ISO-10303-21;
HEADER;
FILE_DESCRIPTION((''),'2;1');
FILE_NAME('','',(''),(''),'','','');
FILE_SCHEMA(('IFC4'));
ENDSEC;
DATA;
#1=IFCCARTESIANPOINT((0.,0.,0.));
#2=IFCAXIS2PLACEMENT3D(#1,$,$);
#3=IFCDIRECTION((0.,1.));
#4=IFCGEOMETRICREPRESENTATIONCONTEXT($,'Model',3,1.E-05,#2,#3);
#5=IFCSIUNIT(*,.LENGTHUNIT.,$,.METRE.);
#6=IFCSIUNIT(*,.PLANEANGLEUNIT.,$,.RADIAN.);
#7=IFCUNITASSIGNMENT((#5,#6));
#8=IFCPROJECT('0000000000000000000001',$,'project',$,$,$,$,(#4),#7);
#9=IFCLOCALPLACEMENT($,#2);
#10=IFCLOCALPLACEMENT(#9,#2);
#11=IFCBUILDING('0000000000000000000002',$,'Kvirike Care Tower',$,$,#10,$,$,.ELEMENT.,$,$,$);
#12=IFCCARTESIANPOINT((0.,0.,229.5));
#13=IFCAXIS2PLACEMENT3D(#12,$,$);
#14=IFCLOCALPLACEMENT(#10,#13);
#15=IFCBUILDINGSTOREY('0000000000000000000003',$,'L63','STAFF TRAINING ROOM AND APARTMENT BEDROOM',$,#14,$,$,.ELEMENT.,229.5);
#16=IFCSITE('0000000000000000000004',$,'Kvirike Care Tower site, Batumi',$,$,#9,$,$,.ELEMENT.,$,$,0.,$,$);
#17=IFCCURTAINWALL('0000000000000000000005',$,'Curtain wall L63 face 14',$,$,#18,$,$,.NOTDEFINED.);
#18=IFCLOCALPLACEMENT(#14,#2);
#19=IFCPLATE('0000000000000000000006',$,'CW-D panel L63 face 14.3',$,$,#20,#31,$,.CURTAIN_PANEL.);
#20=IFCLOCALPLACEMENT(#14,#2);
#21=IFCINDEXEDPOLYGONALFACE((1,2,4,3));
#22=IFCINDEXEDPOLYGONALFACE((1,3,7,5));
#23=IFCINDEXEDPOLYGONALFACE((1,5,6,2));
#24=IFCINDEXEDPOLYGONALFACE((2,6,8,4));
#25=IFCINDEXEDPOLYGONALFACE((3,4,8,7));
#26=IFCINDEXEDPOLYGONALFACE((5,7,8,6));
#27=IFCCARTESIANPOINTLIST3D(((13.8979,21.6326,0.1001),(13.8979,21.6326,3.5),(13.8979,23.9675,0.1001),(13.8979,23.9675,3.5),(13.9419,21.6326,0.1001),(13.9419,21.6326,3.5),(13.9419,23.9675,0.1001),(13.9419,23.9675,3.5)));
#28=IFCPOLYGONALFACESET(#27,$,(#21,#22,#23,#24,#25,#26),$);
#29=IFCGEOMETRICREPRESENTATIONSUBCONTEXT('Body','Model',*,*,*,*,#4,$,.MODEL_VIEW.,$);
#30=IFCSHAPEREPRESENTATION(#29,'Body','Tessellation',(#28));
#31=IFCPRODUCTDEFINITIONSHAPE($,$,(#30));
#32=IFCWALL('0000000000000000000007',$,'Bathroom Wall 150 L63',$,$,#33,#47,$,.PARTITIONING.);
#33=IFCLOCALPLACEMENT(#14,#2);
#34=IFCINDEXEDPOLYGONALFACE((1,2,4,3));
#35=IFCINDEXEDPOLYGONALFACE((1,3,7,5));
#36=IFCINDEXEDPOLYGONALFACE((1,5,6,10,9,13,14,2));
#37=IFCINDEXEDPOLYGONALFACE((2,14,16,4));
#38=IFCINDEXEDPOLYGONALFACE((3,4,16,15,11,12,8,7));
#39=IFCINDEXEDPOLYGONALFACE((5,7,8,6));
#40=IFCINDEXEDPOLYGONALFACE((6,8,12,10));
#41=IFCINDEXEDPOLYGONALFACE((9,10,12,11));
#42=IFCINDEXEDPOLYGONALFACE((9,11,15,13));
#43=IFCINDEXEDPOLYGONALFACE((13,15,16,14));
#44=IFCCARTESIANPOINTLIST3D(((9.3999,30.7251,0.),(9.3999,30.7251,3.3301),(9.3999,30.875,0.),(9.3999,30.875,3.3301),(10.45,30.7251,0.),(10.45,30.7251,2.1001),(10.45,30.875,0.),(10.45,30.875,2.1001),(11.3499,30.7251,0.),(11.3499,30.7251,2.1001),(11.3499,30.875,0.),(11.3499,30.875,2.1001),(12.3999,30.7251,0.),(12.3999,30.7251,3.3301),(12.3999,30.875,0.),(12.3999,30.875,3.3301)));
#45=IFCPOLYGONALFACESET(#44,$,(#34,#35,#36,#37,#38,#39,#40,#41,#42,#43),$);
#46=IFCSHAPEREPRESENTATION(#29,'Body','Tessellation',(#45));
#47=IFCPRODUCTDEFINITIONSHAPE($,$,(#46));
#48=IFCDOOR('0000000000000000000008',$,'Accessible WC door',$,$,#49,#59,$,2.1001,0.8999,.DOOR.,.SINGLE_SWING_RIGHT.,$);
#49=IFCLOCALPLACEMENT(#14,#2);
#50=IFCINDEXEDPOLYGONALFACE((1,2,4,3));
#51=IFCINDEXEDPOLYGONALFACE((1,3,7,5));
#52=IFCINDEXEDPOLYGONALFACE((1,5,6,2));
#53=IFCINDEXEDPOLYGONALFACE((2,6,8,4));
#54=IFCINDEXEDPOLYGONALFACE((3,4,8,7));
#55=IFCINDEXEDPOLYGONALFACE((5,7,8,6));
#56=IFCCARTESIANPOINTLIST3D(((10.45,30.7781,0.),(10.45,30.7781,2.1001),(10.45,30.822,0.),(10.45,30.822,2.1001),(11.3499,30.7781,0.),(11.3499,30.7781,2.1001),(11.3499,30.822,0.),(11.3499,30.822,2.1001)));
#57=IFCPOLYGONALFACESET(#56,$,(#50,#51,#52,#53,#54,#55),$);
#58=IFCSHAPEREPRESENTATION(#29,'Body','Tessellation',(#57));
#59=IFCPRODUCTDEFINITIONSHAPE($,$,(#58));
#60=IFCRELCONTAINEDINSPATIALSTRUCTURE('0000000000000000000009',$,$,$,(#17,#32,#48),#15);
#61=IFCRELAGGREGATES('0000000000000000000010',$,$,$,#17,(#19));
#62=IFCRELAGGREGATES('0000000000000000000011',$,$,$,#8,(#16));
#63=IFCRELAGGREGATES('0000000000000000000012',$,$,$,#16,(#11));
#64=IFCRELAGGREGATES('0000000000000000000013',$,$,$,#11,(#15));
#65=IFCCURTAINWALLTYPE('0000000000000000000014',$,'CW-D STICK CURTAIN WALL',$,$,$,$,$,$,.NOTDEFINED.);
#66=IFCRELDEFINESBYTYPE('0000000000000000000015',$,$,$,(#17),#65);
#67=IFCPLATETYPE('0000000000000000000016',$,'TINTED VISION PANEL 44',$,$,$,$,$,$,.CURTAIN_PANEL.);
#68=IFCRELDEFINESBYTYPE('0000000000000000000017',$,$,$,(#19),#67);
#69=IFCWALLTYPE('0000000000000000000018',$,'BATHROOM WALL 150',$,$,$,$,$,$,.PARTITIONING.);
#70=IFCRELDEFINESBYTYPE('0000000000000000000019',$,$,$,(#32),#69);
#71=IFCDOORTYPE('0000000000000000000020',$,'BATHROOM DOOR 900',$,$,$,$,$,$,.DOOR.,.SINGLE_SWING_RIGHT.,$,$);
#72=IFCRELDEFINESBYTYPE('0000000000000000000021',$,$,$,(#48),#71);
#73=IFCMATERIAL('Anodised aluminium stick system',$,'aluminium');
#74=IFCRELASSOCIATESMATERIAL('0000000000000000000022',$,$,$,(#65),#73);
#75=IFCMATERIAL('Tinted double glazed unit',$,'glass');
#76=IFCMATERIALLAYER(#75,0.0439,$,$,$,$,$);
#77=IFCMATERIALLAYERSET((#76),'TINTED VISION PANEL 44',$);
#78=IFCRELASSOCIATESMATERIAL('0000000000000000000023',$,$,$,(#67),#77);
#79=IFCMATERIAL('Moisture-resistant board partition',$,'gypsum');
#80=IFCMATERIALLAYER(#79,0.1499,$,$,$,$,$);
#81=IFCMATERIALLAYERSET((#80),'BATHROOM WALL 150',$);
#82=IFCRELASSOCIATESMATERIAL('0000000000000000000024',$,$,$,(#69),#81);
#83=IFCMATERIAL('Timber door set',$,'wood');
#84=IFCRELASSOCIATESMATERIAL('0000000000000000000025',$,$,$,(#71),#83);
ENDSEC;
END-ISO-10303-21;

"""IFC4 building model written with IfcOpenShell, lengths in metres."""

from ifc_helpers import new_model, si_unit, direction, frame, frame_2d, origin, origin_2d, place, context, subcontext, project, spatial, rectangle, extrude, material, layer, layer_set, type_object, element, fill, aggregate, save


model = new_model("IFC4")

# Units and contexts
model_context = context("Model", 3, precision=1e-05, world=origin(), true_north=direction((0.0, 1.0)))
body_context = subcontext(model_context, "Body", "Model", "MODEL_VIEW")
ifc_project = project(units=[si_unit("LENGTHUNIT", "METRE"), si_unit("PLANEANGLEUNIT", "RADIAN")], contexts=[model_context])

# Site, building, storey
site_placement = place(None, origin())
site = spatial("IfcSite", under=ifc_project, at=site_placement, Name="Kvirike Care Tower site, Batumi", CompositionType="ELEMENT", RefElevation=0.0)
building_placement = place(site_placement, origin())
building = spatial("IfcBuilding", under=site, at=building_placement, Name="Kvirike Care Tower", CompositionType="ELEMENT")
storey_placement = place(building_placement, frame((0.0, 0.0, 229.5)))
storey = spatial("IfcBuildingStorey", under=building, at=storey_placement, Name="L63", Description="STAFF TRAINING ROOM AND APARTMENT BEDROOM", CompositionType="ELEMENT", Elevation=229.5)

# Shared definitions
ifc_material_1 = material(Name="Anodised aluminium stick system", Category="aluminium")
curtain_wall_type = type_object("IfcCurtainWallType", Name="CW-D STICK CURTAIN WALL", PredefinedType="NOTDEFINED", material=ifc_material_1)

# Shared definitions
ifc_material_2 = material(Name="Tinted double glazed unit", Category="glass")
ifc_layer_1 = layer(ifc_material_2, 0.0439)
ifc_layer_set_1 = layer_set([ifc_layer_1], Name="TINTED VISION PANEL 44")
plate_type = type_object("IfcPlateType", Name="TINTED VISION PANEL 44", PredefinedType="CURTAIN_PANEL", material=ifc_layer_set_1)

# Curtain wall, plate
curtain_wall_1_placement = place(storey_placement, origin())
curtain_wall_1 = element("IfcCurtainWall", 1, at=curtain_wall_1_placement, inside=storey, type_object=curtain_wall_type, Name="Curtain wall L63 face 14", PredefinedType="NOTDEFINED")
plate_1_placement = place(storey_placement, frame((13.9199, 22.8, 0.1001), z_axis=(0.0, 0.0, 1.0), x_axis=(0.0, -1.0, 0.0)))
plate_1 = element("IfcPlate", 2, at=plate_1_placement, type_object=plate_type, Name="CW-D panel L63 face 14.3", PredefinedType="CURTAIN_PANEL", context=body_context, shape_type="SweptSolid", body=[
    extrude(rectangle(XDim=2.335, YDim=0.0439, at=origin_2d()), origin(), (0.0, 0.0, 1.0), 3.3999),
])
aggregate(curtain_wall_1, [plate_1])

# Wall, opening, door
ifc_material_3 = material(Name="Moisture-resistant board partition", Category="gypsum")
ifc_layer_2 = layer(ifc_material_3, 0.1499)
ifc_layer_set_2 = layer_set([ifc_layer_2], Name="BATHROOM WALL 150")
wall_type = type_object("IfcWallType", Name="BATHROOM WALL 150", PredefinedType="PARTITIONING", material=ifc_layer_set_2)
wall_placement = place(storey_placement, frame((9.3999, 30.8, 0.0), z_axis=(0.0, 0.0, 1.0), x_axis=(1.0, 0.0, 0.0)))
wall = element("IfcWall", 3, at=wall_placement, inside=storey, type_object=wall_type, Name="Bathroom Wall 150 L63", PredefinedType="PARTITIONING", context=body_context, shape_type="SweptSolid", body=[
    extrude(rectangle(XDim=3.0, YDim=0.1499, at=frame_2d((1.5, 0.0))), origin(), (0.0, 0.0, 1.0), 3.3301),
])
opening_placement = place(wall_placement, frame((1.05, 0.0, 0.0)))
opening = element("IfcOpeningElement", 4, at=opening_placement, cuts=wall, PredefinedType="OPENING", context=body_context, shape_type="SweptSolid", body=[
    extrude(rectangle(XDim=0.8999, YDim=2.1001, at=frame_2d((0.45, 1.05))), frame((0.0, 0.0854, 0.0), z_axis=(0.0, -1.0, 0.0), x_axis=(1.0, 0.0, 0.0)), (0.0, 0.0, 1.0), 0.1709),
])
ifc_material_4 = material(Name="Timber door set", Category="wood")
door_type = type_object("IfcDoorType", Name="BATHROOM DOOR 900", OperationType="SINGLE_SWING_RIGHT", PredefinedType="DOOR", material=ifc_material_4)
door_placement = place(opening_placement, frame((0.8999, 0.0, 0.0), z_axis=(0.0, 0.0, 1.0), x_axis=(-1.0, 0.0, 0.0)))
door = element("IfcDoor", 5, at=door_placement, inside=storey, type_object=door_type, Name="Accessible WC door", OperationType="SINGLE_SWING_RIGHT", OverallHeight=2.1001, OverallWidth=0.8999, PredefinedType="DOOR", context=body_context, shape_type="SweptSolid", body=[
    extrude(rectangle(XDim=0.8999, YDim=2.1001, at=frame_2d((0.45, 1.05))), frame((0.0, 0.022, 0.0), z_axis=(0.0, -1.0, 0.0), x_axis=(1.0, 0.0, 0.0)), (0.0, 0.0, 1.0), 0.0439),
])
fill(opening, door)

save(model, "model.ifc")
